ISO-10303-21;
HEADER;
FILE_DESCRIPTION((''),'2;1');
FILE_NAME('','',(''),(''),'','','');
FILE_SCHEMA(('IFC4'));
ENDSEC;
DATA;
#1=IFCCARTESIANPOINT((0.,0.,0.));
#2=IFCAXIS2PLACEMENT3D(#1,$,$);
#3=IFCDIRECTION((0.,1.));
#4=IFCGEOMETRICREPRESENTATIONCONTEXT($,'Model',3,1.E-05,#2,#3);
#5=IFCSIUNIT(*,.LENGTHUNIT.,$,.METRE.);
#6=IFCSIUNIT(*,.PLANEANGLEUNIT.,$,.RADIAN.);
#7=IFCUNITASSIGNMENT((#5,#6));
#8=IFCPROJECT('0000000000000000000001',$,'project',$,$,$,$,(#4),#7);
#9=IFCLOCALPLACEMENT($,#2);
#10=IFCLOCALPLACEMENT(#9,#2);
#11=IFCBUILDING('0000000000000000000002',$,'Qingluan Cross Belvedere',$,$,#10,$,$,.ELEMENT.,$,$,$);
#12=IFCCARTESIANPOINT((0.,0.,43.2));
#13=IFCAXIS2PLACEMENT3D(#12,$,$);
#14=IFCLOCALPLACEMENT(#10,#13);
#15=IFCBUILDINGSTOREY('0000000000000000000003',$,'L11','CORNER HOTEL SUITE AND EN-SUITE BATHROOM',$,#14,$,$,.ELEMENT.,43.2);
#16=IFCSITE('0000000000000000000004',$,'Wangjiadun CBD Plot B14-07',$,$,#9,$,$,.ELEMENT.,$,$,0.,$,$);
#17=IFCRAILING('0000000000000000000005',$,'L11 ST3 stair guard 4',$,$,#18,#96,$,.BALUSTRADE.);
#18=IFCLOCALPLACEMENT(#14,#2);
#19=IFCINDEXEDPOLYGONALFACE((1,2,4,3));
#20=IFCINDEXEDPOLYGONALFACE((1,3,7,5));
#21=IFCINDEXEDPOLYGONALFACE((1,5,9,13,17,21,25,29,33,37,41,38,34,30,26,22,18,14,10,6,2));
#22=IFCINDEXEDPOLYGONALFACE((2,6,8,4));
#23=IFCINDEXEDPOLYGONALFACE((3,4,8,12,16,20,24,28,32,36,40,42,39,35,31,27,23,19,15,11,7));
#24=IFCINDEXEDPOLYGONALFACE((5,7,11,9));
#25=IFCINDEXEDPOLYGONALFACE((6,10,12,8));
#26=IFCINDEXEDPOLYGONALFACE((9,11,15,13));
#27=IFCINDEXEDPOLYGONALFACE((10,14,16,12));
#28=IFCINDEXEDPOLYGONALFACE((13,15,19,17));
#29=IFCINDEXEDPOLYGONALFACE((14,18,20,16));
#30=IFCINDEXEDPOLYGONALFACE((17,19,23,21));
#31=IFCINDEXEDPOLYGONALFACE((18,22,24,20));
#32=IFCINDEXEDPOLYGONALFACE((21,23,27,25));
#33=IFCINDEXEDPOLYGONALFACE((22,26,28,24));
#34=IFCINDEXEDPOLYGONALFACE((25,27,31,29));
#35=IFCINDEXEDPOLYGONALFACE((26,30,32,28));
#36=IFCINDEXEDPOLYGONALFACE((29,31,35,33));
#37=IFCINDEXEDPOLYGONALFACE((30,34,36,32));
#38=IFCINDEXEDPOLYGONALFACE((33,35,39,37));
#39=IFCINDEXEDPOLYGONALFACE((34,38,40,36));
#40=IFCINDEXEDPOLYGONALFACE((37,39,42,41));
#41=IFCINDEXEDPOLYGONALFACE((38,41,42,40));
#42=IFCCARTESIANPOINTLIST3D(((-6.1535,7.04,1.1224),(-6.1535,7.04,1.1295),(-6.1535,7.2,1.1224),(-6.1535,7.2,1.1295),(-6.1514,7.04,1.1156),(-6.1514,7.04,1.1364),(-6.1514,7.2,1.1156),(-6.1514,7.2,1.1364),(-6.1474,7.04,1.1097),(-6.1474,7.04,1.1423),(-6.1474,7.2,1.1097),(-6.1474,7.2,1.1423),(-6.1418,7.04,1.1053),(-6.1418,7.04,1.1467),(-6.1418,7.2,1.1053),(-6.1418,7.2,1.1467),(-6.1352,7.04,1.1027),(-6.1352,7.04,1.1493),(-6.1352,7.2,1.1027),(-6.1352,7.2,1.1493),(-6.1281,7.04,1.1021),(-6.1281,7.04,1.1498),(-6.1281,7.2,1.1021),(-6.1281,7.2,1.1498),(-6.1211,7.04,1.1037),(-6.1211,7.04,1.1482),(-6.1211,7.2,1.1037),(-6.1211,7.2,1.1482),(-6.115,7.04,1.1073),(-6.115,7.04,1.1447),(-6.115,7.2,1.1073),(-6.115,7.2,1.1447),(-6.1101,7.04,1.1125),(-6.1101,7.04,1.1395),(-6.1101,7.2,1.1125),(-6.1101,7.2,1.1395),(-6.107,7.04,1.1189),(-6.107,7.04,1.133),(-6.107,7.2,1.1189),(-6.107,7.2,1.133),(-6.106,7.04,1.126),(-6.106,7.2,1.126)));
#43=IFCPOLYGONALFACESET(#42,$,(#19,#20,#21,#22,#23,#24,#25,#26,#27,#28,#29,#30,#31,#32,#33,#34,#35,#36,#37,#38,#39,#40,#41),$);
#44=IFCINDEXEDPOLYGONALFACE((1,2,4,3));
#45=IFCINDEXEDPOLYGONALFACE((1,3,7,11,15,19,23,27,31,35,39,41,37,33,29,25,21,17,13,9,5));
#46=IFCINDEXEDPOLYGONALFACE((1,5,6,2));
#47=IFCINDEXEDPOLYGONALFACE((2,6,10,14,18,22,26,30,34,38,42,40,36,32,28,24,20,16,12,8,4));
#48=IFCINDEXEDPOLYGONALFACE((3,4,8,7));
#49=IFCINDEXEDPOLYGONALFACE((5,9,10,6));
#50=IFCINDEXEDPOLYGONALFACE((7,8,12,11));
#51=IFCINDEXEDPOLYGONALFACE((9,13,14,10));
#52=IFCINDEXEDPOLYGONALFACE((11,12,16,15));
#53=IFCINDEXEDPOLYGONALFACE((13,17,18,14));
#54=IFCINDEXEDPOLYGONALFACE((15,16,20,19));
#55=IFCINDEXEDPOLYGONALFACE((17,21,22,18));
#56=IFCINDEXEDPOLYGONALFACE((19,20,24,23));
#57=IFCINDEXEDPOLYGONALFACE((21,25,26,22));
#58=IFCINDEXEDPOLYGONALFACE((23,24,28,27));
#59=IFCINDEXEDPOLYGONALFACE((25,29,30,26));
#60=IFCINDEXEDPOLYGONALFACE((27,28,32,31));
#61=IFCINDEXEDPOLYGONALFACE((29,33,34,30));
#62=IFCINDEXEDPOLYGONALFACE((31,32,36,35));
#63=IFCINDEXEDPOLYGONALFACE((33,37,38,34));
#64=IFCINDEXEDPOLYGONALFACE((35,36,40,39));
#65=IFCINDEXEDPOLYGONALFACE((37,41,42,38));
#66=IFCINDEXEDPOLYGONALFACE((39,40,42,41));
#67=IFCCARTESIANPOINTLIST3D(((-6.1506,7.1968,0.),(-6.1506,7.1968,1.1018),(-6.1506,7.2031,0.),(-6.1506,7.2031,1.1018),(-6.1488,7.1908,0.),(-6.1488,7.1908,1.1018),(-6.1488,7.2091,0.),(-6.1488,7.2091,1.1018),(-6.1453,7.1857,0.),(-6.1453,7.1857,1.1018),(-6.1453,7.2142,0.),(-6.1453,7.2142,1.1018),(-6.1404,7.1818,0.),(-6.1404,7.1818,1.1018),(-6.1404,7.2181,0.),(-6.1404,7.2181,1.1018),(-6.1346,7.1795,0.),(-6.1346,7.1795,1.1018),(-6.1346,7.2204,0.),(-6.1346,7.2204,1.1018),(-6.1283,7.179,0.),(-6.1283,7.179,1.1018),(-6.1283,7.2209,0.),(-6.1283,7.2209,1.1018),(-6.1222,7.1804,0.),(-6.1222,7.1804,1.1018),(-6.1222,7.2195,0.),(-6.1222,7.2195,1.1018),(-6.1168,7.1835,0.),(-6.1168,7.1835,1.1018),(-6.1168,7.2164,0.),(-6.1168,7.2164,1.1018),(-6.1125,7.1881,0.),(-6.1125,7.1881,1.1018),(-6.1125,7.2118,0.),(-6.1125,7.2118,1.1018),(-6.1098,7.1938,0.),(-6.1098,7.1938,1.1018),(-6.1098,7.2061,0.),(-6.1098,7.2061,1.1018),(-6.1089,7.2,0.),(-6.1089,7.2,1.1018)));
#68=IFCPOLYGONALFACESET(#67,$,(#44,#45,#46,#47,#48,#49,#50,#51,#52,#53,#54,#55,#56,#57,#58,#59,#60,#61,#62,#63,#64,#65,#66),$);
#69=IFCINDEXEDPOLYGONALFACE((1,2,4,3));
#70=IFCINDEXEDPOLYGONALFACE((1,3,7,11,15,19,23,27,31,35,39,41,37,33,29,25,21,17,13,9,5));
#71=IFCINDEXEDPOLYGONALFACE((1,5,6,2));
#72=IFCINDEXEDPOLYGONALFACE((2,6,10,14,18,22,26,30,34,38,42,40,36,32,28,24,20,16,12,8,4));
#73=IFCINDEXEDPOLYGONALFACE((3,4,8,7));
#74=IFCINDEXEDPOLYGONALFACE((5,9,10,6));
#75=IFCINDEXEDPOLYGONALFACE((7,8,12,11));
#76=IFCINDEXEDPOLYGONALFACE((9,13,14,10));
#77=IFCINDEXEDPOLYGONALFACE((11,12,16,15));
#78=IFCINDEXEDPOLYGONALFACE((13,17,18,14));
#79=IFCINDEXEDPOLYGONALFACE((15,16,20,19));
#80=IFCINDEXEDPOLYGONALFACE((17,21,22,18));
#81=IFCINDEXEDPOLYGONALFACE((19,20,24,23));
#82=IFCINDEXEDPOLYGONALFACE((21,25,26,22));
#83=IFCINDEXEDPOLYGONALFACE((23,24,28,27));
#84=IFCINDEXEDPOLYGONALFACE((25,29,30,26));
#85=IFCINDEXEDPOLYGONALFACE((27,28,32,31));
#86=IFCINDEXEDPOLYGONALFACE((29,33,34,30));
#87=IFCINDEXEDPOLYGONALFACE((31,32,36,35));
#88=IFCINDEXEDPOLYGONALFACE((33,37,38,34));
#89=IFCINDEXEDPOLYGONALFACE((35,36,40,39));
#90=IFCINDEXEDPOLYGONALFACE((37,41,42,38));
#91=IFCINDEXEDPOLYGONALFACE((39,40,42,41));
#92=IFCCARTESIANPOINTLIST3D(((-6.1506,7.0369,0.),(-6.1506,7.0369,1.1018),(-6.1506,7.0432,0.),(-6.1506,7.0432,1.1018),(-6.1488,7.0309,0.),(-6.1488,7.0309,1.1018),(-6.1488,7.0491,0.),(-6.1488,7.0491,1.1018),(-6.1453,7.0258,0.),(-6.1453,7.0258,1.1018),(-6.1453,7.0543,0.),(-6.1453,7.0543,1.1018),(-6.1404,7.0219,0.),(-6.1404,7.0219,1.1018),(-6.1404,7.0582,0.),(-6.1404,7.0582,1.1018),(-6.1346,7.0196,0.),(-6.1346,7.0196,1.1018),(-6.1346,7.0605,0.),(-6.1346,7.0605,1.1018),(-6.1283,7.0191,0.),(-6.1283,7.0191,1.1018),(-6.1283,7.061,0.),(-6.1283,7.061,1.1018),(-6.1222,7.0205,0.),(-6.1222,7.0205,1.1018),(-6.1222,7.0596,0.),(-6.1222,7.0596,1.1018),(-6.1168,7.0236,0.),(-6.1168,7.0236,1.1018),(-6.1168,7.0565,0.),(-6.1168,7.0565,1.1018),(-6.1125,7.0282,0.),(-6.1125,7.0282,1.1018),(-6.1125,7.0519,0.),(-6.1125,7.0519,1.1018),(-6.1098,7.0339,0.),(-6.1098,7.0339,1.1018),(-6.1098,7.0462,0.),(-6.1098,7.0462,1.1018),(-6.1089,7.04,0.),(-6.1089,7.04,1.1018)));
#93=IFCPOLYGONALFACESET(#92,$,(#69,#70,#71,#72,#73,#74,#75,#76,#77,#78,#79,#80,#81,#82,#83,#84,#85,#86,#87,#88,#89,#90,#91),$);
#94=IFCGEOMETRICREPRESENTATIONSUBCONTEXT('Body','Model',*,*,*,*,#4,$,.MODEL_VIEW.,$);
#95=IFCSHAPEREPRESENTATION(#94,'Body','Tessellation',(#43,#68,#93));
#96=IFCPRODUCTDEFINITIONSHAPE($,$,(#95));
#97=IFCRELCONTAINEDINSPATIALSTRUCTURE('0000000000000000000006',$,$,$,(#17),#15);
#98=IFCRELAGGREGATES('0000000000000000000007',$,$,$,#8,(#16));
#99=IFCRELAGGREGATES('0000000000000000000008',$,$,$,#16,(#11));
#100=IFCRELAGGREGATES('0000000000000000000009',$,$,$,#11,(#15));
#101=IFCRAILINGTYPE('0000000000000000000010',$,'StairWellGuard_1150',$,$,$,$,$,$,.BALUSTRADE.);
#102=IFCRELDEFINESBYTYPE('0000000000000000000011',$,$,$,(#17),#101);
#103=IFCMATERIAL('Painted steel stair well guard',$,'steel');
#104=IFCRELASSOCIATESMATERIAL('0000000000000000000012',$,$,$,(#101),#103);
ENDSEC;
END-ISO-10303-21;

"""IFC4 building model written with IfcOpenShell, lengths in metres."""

from ifc_helpers import new_model, si_unit, direction, frame, origin, origin_2d, place, context, subcontext, project, spatial, circle, extrude, material, type_object, element, save


model = new_model("IFC4")

# Units and contexts
model_context = context("Model", 3, precision=1e-05, world=origin(), true_north=direction((0.0, 1.0)))
body_context = subcontext(model_context, "Body", "Model", "MODEL_VIEW")
ifc_project = project(units=[si_unit("LENGTHUNIT", "METRE"), si_unit("PLANEANGLEUNIT", "RADIAN")], contexts=[model_context])

# Site, building, storey
site_placement = place(None, origin())
site = spatial("IfcSite", under=ifc_project, at=site_placement, Name="Wangjiadun CBD Plot B14-07", CompositionType="ELEMENT", RefElevation=0.0)
building_placement = place(site_placement, origin())
building = spatial("IfcBuilding", under=site, at=building_placement, Name="Qingluan Cross Belvedere", CompositionType="ELEMENT")
storey_placement = place(building_placement, frame((0.0, 0.0, 43.2)))
storey = spatial("IfcBuildingStorey", under=building, at=storey_placement, Name="L11", Description="CORNER HOTEL SUITE AND EN-SUITE BATHROOM", CompositionType="ELEMENT", Elevation=43.2)

# Railing
ifc_material_1 = material(Name="Painted steel stair well guard", Category="steel")
railing_type_1 = type_object("IfcRailingType", Name="StairWellGuard_1150", PredefinedType="BALUSTRADE", material=ifc_material_1)
railing_1_placement = place(storey_placement, frame((-6.1299, 7.2, 0.0)))
element("IfcRailing", 1, at=railing_1_placement, inside=storey, type_object=railing_type_1, Name="L11 ST3 stair guard 4", PredefinedType="BALUSTRADE", context=body_context, shape_type="SweptSolid", body=[
    extrude(circle(Radius=0.0239, at=origin_2d()), frame((0.0, 0.0, 1.126), z_axis=(0.0, -1.0, 0.0), x_axis=(1.0, 0.0, 0.0)), (0.0, 0.0, 1.0), 0.1599),
    extrude(circle(Radius=0.021, at=origin_2d()), origin(), (0.0, 0.0, 1.0), 1.1018),
    extrude(circle(Radius=0.021, at=origin_2d()), frame((0.0, -0.1599, 0.0)), (0.0, 0.0, 1.0), 1.1018),
])

save(model, "model.ifc")
